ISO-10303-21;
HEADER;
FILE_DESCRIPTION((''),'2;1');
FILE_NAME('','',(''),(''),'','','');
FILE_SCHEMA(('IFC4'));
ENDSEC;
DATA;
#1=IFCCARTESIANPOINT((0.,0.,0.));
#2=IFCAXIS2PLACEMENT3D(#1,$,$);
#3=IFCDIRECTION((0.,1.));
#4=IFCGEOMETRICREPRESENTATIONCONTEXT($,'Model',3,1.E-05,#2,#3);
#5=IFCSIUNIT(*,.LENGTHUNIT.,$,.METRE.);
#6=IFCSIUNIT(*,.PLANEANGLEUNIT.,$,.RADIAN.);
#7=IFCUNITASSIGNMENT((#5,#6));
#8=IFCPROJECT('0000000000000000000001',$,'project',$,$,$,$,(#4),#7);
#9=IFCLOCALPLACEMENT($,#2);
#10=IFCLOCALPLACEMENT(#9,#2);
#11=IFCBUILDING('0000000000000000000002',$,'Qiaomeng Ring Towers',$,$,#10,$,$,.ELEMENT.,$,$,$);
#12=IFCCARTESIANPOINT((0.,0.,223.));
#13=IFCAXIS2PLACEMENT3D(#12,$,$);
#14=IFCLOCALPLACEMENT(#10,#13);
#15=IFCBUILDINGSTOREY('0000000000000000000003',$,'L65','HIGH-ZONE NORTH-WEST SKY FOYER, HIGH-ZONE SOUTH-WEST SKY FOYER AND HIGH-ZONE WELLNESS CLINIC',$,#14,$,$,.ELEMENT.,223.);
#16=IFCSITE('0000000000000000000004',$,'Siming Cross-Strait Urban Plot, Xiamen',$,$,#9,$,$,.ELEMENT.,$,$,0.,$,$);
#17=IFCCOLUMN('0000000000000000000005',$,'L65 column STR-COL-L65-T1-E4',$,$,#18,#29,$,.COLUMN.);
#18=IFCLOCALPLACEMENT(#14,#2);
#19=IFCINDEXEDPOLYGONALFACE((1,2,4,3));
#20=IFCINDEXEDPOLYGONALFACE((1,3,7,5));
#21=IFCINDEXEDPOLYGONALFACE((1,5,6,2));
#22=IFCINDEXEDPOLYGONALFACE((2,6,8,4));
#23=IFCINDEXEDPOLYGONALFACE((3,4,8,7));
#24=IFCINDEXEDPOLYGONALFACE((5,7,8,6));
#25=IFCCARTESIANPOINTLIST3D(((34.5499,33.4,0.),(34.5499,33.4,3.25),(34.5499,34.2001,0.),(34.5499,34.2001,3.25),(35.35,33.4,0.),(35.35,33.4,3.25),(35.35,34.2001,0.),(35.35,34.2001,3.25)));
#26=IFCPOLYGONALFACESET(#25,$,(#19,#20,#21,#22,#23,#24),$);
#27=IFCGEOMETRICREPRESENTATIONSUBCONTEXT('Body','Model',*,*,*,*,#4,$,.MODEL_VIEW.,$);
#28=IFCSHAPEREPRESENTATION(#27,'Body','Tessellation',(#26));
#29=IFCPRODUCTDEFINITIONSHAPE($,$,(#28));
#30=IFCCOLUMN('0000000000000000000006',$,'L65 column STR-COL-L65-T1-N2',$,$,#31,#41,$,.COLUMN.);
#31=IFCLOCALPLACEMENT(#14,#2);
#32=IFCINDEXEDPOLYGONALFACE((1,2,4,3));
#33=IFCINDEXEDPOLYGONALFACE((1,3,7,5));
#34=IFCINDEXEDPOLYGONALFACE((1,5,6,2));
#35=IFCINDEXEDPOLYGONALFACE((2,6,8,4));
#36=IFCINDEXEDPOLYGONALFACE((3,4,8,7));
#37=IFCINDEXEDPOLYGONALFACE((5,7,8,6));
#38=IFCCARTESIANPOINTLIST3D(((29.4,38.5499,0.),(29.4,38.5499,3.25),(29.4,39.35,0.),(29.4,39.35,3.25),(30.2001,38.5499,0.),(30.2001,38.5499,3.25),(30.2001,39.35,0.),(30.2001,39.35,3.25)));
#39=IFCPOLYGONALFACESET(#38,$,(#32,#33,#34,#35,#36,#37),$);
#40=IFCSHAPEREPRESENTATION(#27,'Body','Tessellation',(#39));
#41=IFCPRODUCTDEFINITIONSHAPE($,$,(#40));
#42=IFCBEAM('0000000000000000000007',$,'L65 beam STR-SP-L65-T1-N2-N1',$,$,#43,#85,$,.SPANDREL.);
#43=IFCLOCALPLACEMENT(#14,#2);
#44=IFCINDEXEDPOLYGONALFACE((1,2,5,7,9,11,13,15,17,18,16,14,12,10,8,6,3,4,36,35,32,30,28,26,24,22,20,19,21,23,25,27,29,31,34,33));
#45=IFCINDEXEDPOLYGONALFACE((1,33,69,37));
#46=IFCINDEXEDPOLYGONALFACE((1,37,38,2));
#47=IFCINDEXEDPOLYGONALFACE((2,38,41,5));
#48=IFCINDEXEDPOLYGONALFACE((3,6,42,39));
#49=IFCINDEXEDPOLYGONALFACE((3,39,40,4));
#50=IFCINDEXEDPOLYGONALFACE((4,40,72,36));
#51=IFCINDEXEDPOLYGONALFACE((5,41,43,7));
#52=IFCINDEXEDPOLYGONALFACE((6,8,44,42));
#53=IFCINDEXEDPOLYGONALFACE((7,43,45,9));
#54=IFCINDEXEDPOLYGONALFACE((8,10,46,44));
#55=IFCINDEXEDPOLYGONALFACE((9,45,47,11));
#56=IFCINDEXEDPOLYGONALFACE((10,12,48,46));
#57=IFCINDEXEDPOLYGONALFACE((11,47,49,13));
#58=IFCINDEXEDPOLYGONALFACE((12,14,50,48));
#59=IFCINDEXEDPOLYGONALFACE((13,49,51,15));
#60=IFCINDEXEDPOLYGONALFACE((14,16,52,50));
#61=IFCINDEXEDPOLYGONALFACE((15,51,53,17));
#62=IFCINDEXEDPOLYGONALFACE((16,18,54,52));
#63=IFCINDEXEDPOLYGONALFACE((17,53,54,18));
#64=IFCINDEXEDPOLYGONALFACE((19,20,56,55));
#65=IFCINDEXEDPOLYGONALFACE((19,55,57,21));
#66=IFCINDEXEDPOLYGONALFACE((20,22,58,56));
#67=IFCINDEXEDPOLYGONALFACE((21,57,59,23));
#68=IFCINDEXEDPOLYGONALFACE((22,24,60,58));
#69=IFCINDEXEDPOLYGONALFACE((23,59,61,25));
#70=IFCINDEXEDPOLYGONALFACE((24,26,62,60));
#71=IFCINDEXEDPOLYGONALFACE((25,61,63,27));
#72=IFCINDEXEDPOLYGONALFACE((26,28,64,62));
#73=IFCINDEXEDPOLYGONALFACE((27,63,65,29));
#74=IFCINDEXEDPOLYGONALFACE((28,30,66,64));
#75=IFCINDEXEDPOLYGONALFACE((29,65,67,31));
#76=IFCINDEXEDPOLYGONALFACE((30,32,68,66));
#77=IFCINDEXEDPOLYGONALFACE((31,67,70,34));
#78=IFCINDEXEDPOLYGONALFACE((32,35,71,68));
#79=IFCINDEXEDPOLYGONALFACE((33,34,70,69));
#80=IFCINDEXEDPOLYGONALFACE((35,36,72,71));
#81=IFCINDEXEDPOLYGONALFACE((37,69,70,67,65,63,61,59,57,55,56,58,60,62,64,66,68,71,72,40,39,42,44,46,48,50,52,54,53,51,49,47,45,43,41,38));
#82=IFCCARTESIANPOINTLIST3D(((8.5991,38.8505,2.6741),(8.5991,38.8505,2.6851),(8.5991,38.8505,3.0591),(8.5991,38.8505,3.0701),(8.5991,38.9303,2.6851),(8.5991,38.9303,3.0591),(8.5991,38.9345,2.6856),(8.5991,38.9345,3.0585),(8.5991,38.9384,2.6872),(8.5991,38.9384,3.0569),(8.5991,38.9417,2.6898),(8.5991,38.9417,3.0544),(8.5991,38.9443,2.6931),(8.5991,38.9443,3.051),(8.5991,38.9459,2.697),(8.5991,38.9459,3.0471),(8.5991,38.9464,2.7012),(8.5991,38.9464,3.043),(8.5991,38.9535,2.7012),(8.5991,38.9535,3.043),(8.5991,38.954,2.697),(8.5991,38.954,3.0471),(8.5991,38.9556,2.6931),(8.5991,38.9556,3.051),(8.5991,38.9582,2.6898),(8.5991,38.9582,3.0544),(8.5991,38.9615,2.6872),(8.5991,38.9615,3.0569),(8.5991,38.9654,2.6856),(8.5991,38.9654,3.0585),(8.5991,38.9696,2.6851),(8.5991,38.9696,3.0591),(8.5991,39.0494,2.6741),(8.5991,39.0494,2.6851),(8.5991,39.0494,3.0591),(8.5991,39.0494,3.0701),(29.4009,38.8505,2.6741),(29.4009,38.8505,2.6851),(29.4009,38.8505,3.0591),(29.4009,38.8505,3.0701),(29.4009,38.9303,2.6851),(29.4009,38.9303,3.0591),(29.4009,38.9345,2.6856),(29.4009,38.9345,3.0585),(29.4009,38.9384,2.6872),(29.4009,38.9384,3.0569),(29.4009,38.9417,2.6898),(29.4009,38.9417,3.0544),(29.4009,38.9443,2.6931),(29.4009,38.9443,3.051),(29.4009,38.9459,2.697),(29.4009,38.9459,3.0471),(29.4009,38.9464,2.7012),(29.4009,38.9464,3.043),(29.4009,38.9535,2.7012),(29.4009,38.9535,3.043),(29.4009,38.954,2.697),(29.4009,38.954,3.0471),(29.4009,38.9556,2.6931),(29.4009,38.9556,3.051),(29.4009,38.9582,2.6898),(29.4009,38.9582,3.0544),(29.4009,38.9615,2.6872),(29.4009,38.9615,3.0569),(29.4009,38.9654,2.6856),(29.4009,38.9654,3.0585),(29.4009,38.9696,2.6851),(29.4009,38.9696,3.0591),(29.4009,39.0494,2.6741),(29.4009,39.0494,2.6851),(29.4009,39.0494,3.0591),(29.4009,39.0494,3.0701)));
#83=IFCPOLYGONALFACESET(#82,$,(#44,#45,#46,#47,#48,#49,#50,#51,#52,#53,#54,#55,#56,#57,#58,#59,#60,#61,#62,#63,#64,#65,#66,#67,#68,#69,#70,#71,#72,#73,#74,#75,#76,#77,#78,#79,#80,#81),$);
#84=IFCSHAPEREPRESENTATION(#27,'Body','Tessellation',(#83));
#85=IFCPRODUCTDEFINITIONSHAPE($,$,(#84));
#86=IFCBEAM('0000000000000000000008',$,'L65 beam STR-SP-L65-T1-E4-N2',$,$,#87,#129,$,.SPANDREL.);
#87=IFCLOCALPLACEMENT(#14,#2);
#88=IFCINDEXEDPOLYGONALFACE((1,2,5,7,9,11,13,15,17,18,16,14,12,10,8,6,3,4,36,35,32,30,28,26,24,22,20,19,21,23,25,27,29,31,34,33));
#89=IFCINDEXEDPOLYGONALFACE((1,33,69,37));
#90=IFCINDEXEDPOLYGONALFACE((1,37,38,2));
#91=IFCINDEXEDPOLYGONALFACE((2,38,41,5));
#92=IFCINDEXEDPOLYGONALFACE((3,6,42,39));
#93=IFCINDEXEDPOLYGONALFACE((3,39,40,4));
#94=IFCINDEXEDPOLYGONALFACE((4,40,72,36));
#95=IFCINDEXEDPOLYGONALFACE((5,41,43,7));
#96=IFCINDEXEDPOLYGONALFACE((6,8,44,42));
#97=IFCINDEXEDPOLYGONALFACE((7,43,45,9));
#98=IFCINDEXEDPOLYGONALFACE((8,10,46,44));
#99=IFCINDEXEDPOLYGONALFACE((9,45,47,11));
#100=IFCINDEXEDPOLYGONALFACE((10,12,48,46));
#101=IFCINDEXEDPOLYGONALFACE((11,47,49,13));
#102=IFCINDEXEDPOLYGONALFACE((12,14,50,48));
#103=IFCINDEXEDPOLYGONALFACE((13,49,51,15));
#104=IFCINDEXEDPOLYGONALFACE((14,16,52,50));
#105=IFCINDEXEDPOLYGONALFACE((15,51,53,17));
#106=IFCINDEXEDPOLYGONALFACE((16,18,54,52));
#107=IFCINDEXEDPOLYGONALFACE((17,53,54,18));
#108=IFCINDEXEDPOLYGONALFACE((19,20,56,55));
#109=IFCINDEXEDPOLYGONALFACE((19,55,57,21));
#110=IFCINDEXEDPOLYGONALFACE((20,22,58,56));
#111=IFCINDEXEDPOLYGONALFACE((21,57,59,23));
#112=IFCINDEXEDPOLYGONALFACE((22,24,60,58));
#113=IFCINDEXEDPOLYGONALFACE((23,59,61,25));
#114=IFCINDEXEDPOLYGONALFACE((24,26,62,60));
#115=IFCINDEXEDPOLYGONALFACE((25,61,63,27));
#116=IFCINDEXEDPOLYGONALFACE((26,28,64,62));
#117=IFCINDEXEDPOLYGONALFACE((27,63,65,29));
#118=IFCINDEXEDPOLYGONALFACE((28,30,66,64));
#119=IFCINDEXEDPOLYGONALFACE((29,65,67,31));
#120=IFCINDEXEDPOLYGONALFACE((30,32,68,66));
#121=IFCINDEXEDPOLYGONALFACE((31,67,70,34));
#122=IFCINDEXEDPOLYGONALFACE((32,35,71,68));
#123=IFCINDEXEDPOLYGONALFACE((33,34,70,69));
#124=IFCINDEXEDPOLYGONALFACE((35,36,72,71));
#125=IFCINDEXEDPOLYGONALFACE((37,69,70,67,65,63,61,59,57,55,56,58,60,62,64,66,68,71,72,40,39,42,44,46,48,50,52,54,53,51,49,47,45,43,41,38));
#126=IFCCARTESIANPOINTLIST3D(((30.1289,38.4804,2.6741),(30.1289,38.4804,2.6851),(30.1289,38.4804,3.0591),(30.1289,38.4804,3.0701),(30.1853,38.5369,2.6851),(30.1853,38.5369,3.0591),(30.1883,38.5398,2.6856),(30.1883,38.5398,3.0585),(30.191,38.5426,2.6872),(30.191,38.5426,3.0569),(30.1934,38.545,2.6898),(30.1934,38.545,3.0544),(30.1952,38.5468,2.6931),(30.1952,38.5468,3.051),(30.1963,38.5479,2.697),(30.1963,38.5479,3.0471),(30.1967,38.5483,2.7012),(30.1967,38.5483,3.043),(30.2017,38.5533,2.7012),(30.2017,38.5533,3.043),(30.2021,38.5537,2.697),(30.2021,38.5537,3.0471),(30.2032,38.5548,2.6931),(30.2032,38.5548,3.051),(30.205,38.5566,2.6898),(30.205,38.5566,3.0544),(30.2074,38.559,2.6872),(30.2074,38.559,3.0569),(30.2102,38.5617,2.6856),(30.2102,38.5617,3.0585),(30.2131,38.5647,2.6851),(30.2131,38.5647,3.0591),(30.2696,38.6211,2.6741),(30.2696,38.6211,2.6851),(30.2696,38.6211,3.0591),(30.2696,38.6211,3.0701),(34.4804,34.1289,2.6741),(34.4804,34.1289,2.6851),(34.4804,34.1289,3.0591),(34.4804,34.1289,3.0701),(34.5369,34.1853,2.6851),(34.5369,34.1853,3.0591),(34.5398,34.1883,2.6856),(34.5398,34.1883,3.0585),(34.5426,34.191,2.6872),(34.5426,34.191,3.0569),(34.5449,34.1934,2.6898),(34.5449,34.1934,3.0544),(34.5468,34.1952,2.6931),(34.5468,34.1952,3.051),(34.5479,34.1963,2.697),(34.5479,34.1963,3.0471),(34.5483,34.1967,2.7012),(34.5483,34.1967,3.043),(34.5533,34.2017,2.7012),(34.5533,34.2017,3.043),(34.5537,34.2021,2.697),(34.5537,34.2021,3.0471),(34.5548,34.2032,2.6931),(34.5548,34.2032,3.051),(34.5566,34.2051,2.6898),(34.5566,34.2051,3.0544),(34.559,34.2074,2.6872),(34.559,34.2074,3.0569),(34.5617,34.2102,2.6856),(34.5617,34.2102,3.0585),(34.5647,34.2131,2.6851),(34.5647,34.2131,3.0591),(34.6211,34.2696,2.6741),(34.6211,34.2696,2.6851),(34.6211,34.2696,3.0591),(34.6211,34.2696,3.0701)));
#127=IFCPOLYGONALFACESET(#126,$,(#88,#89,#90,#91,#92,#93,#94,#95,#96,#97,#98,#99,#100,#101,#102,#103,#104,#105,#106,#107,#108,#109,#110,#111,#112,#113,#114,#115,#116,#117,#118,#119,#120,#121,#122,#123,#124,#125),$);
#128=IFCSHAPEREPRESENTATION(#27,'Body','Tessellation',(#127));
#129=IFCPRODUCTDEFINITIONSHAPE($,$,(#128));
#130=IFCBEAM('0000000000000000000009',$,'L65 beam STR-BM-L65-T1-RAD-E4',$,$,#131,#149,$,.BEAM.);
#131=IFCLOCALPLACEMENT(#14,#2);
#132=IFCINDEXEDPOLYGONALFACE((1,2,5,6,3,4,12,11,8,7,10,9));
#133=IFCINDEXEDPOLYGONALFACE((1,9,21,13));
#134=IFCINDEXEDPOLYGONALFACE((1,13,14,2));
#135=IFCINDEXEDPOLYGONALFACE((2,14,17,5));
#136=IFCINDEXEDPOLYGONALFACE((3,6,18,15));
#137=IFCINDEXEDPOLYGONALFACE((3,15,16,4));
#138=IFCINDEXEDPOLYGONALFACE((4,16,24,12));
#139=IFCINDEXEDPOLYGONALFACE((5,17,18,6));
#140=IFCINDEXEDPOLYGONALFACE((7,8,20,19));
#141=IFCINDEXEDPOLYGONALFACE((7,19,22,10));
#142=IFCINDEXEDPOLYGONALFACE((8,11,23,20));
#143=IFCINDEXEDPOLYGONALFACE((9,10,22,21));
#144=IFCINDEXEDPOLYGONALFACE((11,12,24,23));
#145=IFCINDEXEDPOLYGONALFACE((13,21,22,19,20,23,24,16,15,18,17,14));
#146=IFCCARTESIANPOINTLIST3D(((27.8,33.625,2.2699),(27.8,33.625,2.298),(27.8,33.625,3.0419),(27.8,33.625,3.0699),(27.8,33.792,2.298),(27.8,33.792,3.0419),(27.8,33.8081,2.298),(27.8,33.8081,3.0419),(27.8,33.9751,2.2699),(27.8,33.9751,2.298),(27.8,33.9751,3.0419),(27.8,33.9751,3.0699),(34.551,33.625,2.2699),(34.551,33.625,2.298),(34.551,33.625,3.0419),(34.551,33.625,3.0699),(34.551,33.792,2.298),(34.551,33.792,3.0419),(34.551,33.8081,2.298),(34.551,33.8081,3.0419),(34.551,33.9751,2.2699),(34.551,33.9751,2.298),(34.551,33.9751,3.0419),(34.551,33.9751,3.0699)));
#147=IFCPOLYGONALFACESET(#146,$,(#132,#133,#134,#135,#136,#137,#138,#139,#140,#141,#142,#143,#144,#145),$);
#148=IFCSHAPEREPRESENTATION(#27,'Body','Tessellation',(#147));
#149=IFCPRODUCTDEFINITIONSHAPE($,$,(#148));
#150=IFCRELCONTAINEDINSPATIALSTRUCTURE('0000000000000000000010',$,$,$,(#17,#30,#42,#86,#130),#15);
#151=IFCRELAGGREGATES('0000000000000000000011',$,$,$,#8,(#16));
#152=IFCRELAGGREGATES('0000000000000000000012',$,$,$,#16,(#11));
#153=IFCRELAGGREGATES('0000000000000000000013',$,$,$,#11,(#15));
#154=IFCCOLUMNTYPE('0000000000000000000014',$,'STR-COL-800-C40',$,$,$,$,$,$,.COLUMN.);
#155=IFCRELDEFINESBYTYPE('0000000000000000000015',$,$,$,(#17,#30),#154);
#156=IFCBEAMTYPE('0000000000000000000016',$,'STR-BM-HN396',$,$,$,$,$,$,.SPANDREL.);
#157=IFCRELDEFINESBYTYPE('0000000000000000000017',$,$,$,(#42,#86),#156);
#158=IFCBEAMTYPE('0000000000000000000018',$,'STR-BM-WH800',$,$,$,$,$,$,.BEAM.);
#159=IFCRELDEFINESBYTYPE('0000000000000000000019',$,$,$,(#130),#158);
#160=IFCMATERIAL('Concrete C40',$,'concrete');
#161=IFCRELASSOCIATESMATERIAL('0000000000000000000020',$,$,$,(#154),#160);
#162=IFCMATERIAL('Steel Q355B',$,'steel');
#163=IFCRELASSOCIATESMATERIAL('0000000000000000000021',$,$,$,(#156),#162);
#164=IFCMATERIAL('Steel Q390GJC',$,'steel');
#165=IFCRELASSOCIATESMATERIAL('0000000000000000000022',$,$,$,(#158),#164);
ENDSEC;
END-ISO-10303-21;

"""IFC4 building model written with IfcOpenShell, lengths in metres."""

from ifc_helpers import new_model, si_unit, direction, frame, origin, origin_2d, place, context, subcontext, project, spatial, rectangle, i_section, extrude, source, transform, mapped, material, material_profile, profile_set, type_object, element, save


model = new_model("IFC4")

# Units and contexts
model_context = context("Model", 3, precision=1e-05, world=origin(), true_north=direction((0.0, 1.0)))
body_context = subcontext(model_context, "Body", "Model", "MODEL_VIEW")
ifc_project = project(units=[si_unit("LENGTHUNIT", "METRE"), si_unit("PLANEANGLEUNIT", "RADIAN")], contexts=[model_context])

# Site, building, storey
site_placement = place(None, origin())
site = spatial("IfcSite", under=ifc_project, at=site_placement, Name="Siming Cross-Strait Urban Plot, Xiamen", CompositionType="ELEMENT", RefElevation=0.0)
building_placement = place(site_placement, origin())
building = spatial("IfcBuilding", under=site, at=building_placement, Name="Qiaomeng Ring Towers", CompositionType="ELEMENT")
storey_placement = place(building_placement, frame((0.0, 0.0, 223.0)))
storey = spatial("IfcBuildingStorey", under=building, at=storey_placement, Name="L65", Description="HIGH-ZONE NORTH-WEST SKY FOYER, HIGH-ZONE SOUTH-WEST SKY FOYER AND HIGH-ZONE WELLNESS CLINIC", CompositionType="ELEMENT", Elevation=223.0)

# Columns
ifc_material_1 = material(Name="Concrete C40", Category="concrete")
ifc_material_profile_1 = material_profile(ifc_material_1, rectangle(XDim=0.8, YDim=0.8, at=origin_2d()), Name="RC COL 800x800")
ifc_profile_set_1 = profile_set([ifc_material_profile_1], Name="Concrete C40")
column_type = type_object("IfcColumnType", Name="STR-COL-800-C40", PredefinedType="COLUMN", material=ifc_profile_set_1)
shared_shape_1 = source(origin(), body_context, "Body", "SweptSolid", [
    extrude(rectangle(XDim=0.8, YDim=0.8, at=origin_2d()), origin(), (0.0, 0.0, 1.0), 3.25),
])
for number, where, z_axis, x_axis, name in (
    (1, (34.95, 33.8, 0.0), (0.0, 0.0, 1.0), (1.0, 0.0, 0.0), "L65 column STR-COL-L65-T1-E4"),
    (2, (29.8, 38.95, 0.0), (0.0, 0.0, 1.0), (1.0, 0.0, 0.0), "L65 column STR-COL-L65-T1-N2"),
):
    element("IfcColumn", number, at=place(storey_placement, frame(where, z_axis=z_axis, x_axis=x_axis)), inside=storey, type_object=column_type, Name=name, PredefinedType="COLUMN", context=body_context, shape_type="MappedRepresentation", body=[
        mapped(shared_shape_1, transform((0.0, 0.0, 0.0), x_axis=(1.0, 0.0, 0.0), y_axis=(0.0, 1.0, 0.0), z_axis=(0.0, 0.0, 1.0), scale=1.0)),
    ])

# Beams
ifc_material_2 = material(Name="Steel Q355B", Category="steel")
ifc_material_profile_2 = material_profile(ifc_material_2, i_section(OverallWidth=0.199, OverallDepth=0.396, WebThickness=0.0071, FlangeThickness=0.011, FilletRadius=0.0161, at=origin_2d()), Name="HN 396x199x7x11")
ifc_profile_set_2 = profile_set([ifc_material_profile_2], Name="Steel Q355B")
beam_type_1 = type_object("IfcBeamType", Name="STR-BM-HN396", PredefinedType="SPANDREL", material=ifc_profile_set_2)
shared_shape_2 = source(origin(), body_context, "Body", "SweptSolid", [
    extrude(i_section(OverallWidth=0.199, OverallDepth=0.396, WebThickness=0.0071, FlangeThickness=0.011, FilletRadius=0.0161, at=origin_2d()), origin(), (0.0, 0.0, 1.0), 20.8018),
])
beam_1_placement = place(storey_placement, frame((29.4009, 38.95, 2.8721), z_axis=(-1.0, 0.0, 0.0), x_axis=(0.0, -1.0, 0.0)))
element("IfcBeam", 3, at=beam_1_placement, inside=storey, type_object=beam_type_1, Name="L65 beam STR-SP-L65-T1-N2-N1", PredefinedType="SPANDREL", context=body_context, shape_type="MappedRepresentation", body=[
    mapped(shared_shape_2, transform((0.0, 0.0, 0.0), x_axis=(1.0, 0.0, 0.0), y_axis=(0.0, 1.0, 0.0), z_axis=(0.0, 0.0, 1.0), scale=1.0)),
])
shared_shape_3 = source(origin(), body_context, "Body", "SweptSolid", [
    extrude(i_section(OverallWidth=0.199, OverallDepth=0.396, WebThickness=0.0071, FlangeThickness=0.011, FilletRadius=0.0161, at=origin_2d()), origin(), (0.0, 0.0, 1.0), 6.1541),
])
beam_2_placement = place(storey_placement, frame((34.5508, 34.1992, 2.8721), z_axis=(-0.707107, 0.707107, 0.0), x_axis=(-0.707107, -0.707107, 0.0)))
element("IfcBeam", 4, at=beam_2_placement, inside=storey, type_object=beam_type_1, Name="L65 beam STR-SP-L65-T1-E4-N2", PredefinedType="SPANDREL", context=body_context, shape_type="MappedRepresentation", body=[
    mapped(shared_shape_3, transform((0.0, 0.0, 0.0), x_axis=(1.0, 0.0, 0.0), y_axis=(0.0, 1.0, 0.0), z_axis=(0.0, 0.0, 1.0), scale=1.0)),
])
ifc_material_3 = material(Name="Steel Q390GJC", Category="steel")
ifc_material_profile_3 = material_profile(ifc_material_3, i_section(OverallWidth=0.3501, OverallDepth=0.8, WebThickness=0.0161, FlangeThickness=0.0281, at=origin_2d()), Name="WH 800x350x16x28")
ifc_profile_set_3 = profile_set([ifc_material_profile_3], Name="Steel Q390GJC")
beam_type_2 = type_object("IfcBeamType", Name="STR-BM-WH800", PredefinedType="BEAM", material=ifc_profile_set_3)
shared_shape_4 = source(origin(), body_context, "Body", "SweptSolid", [
    extrude(i_section(OverallWidth=0.3501, OverallDepth=0.8, WebThickness=0.0161, FlangeThickness=0.0281, at=origin_2d()), origin(), (0.0, 0.0, 1.0), 6.751),
])
beam_3_placement = place(storey_placement, frame((27.8, 33.8, 2.6699), z_axis=(1.0, 0.0, 0.0), x_axis=(0.0, 1.0, 0.0)))
element("IfcBeam", 5, at=beam_3_placement, inside=storey, type_object=beam_type_2, Name="L65 beam STR-BM-L65-T1-RAD-E4", PredefinedType="BEAM", context=body_context, shape_type="MappedRepresentation", body=[
    mapped(shared_shape_4, transform((0.0, 0.0, 0.0), x_axis=(1.0, 0.0, 0.0), y_axis=(0.0, 1.0, 0.0), z_axis=(0.0, 0.0, 1.0), scale=1.0)),
])

save(model, "model.ifc")
